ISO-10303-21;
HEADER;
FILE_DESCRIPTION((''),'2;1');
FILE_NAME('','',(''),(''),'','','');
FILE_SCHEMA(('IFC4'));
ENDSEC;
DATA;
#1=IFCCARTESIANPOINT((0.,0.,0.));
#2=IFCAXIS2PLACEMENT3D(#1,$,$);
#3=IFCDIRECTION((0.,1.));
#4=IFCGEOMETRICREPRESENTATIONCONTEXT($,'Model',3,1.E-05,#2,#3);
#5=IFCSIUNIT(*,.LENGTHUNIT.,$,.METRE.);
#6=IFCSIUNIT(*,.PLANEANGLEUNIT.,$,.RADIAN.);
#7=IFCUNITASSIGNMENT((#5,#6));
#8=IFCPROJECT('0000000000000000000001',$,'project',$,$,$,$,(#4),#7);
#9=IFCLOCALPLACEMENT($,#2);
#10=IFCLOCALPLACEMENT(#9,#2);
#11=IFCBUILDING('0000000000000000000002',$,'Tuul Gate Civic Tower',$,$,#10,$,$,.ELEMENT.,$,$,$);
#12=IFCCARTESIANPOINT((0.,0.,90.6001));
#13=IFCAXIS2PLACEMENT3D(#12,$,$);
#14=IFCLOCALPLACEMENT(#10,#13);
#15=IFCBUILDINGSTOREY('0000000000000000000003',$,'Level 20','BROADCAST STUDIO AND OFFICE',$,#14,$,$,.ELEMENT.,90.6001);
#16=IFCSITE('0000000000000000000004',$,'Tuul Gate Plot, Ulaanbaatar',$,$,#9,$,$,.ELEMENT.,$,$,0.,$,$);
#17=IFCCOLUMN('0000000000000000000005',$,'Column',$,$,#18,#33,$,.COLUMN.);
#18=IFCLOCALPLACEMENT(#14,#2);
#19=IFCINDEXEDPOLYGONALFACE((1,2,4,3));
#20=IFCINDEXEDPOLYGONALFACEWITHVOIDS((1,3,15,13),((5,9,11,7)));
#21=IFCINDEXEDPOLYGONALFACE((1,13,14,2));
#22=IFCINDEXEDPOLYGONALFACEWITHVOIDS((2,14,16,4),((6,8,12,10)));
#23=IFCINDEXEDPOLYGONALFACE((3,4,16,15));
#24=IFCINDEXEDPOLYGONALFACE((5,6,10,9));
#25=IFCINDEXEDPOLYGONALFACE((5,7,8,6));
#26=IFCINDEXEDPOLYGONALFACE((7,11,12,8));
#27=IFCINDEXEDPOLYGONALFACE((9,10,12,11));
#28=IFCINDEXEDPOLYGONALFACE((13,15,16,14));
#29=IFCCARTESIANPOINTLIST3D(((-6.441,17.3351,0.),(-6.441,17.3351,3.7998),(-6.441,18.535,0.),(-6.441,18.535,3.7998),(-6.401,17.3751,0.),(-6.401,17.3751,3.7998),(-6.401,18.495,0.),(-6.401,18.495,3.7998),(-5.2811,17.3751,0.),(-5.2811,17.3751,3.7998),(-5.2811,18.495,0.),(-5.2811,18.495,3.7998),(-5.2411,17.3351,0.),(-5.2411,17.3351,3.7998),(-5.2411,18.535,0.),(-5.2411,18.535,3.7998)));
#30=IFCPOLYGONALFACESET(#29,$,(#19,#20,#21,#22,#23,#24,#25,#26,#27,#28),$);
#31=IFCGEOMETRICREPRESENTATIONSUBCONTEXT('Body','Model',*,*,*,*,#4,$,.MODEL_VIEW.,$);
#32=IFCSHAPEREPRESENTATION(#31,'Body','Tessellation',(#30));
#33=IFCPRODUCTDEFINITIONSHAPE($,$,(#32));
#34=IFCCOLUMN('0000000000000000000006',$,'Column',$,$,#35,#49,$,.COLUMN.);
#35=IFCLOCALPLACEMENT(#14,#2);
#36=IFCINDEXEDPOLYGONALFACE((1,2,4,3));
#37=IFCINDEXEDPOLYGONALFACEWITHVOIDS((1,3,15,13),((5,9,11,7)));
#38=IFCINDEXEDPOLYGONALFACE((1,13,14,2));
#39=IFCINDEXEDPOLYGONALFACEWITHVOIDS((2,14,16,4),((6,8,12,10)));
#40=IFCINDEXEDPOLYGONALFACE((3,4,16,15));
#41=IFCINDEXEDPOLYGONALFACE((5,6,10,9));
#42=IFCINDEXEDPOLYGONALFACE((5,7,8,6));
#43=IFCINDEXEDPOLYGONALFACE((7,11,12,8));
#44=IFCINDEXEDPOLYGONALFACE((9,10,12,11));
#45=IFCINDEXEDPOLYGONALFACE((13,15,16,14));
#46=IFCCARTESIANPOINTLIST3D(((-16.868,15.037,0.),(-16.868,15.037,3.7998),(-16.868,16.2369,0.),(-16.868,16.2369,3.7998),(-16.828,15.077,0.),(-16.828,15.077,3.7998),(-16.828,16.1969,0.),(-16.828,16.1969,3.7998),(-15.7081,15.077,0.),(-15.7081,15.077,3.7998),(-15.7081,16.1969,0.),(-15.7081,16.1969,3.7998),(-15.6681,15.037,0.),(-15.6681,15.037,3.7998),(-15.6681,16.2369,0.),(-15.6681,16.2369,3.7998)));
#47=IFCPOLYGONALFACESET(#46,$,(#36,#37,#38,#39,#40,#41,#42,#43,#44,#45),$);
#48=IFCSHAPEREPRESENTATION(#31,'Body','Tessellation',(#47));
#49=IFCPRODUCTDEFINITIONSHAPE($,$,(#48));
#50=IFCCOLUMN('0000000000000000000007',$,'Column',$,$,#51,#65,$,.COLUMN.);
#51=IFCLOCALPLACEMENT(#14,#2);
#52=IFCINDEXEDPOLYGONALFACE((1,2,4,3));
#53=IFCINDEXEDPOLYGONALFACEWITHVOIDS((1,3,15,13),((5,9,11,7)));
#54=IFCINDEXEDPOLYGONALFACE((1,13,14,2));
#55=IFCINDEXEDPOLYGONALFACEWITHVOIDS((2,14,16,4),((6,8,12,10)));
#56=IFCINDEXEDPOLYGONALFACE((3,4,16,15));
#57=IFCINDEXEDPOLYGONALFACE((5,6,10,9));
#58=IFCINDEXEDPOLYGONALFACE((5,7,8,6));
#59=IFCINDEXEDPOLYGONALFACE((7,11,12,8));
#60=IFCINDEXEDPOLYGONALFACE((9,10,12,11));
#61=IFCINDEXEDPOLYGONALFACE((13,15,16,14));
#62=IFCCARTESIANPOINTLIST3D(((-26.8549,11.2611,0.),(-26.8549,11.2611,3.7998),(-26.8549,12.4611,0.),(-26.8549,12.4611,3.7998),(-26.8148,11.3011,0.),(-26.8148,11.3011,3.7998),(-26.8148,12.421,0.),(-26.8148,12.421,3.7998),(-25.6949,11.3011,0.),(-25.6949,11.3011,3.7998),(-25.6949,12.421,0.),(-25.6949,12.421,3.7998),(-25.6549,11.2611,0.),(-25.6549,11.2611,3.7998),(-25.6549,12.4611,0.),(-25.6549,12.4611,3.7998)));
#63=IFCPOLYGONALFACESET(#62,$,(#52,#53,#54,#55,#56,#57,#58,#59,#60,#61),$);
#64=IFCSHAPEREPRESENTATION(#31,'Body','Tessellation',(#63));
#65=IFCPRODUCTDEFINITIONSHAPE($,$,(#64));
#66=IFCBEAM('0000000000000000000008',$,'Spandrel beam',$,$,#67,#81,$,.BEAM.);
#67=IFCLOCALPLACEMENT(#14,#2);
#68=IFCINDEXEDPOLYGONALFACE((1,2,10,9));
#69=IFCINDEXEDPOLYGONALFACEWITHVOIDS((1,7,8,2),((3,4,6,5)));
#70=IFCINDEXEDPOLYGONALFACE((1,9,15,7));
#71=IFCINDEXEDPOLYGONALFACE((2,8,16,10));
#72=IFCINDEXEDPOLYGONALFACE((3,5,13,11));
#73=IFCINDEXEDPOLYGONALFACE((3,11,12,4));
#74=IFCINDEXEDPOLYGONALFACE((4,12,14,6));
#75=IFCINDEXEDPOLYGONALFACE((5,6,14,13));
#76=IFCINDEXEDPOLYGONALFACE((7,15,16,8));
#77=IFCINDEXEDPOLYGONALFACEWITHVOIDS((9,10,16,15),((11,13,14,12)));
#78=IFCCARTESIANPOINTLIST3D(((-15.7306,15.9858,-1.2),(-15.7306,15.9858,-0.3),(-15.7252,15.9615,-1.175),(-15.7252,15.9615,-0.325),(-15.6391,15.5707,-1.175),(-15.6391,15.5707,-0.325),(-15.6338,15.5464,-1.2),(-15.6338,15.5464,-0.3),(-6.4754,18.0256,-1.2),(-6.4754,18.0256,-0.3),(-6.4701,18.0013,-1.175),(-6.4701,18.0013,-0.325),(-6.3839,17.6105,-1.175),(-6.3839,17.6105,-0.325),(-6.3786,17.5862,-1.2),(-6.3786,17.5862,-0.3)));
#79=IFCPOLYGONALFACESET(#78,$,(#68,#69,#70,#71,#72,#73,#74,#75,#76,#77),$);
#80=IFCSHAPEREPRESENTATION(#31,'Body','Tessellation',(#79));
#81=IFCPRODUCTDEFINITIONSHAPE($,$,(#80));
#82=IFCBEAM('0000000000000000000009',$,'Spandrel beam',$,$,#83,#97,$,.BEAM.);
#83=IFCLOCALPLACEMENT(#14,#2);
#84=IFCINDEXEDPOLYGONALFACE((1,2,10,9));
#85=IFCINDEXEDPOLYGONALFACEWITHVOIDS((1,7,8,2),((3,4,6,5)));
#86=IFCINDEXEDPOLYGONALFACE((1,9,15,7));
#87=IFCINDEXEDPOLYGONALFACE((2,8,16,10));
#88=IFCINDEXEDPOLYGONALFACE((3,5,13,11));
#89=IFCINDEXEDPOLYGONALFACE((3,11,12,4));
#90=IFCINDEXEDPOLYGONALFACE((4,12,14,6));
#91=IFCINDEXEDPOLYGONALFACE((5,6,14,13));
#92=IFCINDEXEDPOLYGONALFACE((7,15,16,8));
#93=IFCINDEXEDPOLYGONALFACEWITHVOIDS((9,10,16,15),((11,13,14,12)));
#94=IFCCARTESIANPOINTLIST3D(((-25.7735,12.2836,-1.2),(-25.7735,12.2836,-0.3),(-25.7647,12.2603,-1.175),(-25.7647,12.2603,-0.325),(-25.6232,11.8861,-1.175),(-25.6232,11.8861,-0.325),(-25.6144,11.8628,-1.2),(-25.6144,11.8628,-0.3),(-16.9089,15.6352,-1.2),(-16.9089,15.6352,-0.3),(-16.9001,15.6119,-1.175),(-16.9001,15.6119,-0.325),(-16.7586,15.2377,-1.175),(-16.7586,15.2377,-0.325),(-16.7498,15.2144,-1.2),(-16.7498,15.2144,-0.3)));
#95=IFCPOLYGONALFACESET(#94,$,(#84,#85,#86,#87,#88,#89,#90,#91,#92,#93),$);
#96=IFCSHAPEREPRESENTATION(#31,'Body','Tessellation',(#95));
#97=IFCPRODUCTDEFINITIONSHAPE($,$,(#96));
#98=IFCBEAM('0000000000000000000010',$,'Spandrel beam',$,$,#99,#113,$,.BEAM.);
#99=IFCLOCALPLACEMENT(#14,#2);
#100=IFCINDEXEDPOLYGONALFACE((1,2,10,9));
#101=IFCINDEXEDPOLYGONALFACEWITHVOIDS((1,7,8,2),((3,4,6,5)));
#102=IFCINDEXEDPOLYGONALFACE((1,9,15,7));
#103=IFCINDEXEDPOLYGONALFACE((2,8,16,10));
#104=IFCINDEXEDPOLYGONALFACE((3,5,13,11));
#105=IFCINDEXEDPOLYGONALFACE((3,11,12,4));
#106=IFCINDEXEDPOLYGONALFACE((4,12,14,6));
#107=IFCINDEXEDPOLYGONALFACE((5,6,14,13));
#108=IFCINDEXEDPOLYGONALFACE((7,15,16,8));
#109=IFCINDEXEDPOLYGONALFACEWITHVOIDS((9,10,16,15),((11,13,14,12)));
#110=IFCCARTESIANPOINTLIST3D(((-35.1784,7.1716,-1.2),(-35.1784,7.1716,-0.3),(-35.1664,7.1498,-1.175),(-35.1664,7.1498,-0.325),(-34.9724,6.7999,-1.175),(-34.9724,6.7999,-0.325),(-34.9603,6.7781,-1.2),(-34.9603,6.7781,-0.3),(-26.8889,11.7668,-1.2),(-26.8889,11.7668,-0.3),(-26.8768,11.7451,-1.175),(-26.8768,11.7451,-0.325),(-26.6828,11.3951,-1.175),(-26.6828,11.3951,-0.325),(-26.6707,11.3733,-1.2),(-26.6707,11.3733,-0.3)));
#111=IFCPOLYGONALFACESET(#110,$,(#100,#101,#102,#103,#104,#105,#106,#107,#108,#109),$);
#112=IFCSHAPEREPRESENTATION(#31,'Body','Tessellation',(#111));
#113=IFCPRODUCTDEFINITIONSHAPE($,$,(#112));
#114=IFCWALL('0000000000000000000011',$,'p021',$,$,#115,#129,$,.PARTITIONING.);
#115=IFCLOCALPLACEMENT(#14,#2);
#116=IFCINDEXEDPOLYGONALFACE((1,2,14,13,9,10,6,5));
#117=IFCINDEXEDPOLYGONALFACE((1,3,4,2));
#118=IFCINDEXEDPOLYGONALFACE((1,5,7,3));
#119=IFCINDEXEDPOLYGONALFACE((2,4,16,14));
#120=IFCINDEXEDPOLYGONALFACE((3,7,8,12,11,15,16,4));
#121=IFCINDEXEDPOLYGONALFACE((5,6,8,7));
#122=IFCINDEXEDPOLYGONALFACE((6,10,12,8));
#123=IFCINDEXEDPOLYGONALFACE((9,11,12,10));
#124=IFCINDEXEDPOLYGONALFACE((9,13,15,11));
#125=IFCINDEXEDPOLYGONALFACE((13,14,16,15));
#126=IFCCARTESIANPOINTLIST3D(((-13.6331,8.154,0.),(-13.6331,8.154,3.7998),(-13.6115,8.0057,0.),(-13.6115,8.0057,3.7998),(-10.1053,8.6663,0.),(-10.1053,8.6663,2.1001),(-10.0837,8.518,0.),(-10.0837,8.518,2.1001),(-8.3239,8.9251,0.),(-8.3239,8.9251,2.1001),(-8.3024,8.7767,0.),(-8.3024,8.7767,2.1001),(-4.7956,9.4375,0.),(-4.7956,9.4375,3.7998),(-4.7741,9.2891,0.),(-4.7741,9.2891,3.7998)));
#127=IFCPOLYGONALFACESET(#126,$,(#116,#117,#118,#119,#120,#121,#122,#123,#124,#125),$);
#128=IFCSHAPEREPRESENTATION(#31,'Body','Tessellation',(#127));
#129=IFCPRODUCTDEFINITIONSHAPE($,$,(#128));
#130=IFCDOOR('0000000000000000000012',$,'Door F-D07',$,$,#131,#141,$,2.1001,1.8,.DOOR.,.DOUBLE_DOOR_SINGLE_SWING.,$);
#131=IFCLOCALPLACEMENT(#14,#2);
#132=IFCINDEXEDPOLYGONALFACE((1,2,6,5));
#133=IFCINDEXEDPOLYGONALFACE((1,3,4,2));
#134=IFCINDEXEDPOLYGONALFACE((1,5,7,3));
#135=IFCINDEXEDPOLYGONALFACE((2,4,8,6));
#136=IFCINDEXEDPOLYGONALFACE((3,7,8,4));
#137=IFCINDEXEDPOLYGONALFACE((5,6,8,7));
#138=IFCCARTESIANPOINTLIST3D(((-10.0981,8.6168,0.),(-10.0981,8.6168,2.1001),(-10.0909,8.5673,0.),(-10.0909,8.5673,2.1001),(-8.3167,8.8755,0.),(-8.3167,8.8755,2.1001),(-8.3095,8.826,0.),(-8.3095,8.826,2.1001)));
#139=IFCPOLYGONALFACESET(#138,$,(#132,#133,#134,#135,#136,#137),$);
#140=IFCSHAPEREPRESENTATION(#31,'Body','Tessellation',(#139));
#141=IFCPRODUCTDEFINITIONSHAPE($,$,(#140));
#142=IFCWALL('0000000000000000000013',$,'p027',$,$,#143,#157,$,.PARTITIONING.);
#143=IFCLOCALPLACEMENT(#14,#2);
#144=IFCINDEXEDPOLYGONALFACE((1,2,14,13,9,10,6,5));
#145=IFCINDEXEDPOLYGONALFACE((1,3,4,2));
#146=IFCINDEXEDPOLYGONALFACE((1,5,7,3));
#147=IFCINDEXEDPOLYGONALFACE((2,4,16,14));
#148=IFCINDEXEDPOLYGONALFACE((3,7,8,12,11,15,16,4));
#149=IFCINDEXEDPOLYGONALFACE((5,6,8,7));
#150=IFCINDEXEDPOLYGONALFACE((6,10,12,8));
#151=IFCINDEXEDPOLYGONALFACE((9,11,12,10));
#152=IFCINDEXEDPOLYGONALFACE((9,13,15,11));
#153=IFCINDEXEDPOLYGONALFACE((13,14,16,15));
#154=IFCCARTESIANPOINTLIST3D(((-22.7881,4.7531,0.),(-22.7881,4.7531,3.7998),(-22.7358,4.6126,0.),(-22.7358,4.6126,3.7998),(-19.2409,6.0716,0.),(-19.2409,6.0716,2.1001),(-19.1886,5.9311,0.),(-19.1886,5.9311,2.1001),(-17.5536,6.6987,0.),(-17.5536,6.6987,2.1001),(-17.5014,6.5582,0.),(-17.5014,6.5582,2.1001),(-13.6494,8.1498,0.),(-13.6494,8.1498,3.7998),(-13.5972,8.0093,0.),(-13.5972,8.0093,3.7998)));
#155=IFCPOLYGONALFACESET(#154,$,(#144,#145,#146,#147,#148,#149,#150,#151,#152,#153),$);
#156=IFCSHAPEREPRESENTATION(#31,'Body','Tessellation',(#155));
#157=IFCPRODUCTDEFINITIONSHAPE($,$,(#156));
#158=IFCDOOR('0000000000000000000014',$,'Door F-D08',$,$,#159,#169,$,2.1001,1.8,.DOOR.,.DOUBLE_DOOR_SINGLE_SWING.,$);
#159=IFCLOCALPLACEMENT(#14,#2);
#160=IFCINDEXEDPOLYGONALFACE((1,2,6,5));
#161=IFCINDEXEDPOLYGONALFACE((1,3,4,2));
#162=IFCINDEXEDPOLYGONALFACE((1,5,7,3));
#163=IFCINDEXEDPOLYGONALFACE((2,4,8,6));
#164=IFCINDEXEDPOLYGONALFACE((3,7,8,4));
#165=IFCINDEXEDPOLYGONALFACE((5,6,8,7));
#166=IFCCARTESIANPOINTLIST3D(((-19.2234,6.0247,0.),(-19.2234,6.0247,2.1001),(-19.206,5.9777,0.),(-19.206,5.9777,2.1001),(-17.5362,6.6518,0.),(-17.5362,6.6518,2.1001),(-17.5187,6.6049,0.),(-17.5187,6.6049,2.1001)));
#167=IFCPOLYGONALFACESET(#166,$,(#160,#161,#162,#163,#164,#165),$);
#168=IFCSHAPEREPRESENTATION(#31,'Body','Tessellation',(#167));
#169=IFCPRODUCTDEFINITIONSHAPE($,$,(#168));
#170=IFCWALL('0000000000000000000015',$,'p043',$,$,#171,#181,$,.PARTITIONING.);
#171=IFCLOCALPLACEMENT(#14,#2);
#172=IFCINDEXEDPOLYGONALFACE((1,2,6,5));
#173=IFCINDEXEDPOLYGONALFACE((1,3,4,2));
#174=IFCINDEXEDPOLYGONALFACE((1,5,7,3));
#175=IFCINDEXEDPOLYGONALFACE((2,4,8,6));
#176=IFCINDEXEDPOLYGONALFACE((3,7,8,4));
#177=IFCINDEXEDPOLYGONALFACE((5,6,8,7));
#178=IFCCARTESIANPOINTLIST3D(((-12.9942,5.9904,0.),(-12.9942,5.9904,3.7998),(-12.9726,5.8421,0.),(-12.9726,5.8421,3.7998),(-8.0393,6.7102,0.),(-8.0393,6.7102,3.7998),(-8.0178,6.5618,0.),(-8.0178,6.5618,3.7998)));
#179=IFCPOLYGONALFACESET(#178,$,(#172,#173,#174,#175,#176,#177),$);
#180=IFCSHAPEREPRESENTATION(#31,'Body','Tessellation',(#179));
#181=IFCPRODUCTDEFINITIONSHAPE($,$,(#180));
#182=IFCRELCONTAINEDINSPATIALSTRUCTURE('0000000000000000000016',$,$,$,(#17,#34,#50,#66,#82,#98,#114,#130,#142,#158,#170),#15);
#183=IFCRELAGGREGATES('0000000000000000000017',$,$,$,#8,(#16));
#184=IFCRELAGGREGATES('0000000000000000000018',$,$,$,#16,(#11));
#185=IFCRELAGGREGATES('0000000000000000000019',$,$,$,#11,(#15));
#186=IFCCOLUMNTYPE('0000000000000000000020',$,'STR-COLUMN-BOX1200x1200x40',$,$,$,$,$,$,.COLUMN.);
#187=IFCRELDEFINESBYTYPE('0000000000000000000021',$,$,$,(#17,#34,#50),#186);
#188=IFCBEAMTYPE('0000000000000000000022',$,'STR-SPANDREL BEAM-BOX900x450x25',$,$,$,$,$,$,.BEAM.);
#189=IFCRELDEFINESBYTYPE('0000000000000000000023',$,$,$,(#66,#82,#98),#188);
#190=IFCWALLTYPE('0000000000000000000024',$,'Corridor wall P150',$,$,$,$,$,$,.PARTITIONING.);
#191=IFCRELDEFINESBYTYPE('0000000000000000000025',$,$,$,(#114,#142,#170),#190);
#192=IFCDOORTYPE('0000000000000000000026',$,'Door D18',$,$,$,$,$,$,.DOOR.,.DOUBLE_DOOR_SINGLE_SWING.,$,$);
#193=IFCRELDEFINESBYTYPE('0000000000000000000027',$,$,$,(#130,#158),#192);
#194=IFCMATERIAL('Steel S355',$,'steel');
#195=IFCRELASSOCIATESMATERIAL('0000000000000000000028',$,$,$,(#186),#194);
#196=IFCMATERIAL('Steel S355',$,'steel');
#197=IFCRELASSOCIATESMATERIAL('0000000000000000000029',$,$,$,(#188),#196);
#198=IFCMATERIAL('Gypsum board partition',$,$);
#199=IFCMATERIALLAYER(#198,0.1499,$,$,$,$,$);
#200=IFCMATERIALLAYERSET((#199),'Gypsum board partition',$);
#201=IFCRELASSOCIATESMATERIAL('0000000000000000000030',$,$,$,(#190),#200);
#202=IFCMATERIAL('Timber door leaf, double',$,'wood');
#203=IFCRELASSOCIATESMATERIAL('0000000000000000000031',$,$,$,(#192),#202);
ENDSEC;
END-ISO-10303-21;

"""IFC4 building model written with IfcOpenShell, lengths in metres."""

from ifc_helpers import new_model, si_unit, direction, frame, frame_2d, origin, origin_2d, place, context, subcontext, project, spatial, rectangle, hollow_rectangle, extrude, material, layer, layer_set, material_profile, profile_set, type_object, element, fill, save


model = new_model("IFC4")

# Units and contexts
model_context = context("Model", 3, precision=1e-05, world=origin(), true_north=direction((0.0, 1.0)))
body_context = subcontext(model_context, "Body", "Model", "MODEL_VIEW")
ifc_project = project(units=[si_unit("LENGTHUNIT", "METRE"), si_unit("PLANEANGLEUNIT", "RADIAN")], contexts=[model_context])

# Site, building, storey
site_placement = place(None, origin())
site = spatial("IfcSite", under=ifc_project, at=site_placement, Name="Tuul Gate Plot, Ulaanbaatar", CompositionType="ELEMENT", RefElevation=0.0)
building_placement = place(site_placement, origin())
building = spatial("IfcBuilding", under=site, at=building_placement, Name="Tuul Gate Civic Tower", CompositionType="ELEMENT")
storey_placement = place(building_placement, frame((0.0, 0.0, 90.6001)))
storey = spatial("IfcBuildingStorey", under=building, at=storey_placement, Name="Level 20", Description="BROADCAST STUDIO AND OFFICE", CompositionType="ELEMENT", Elevation=90.6001)

# Columns
ifc_material_1 = material(Name="Steel S355", Category="steel")
ifc_material_profile_1 = material_profile(ifc_material_1, hollow_rectangle(XDim=1.2, YDim=1.2, WallThickness=0.04, at=origin_2d()), Name="BOX1200x1200x40")
ifc_profile_set_1 = profile_set([ifc_material_profile_1], Name="Steel S355")
column_type = type_object("IfcColumnType", Name="STR-COLUMN-BOX1200x1200x40", PredefinedType="COLUMN", material=ifc_profile_set_1)
for number, where, z_axis, x_axis, name in (
    (1, (-5.8411, 17.9351, 0.0), (0.0, 0.0, 1.0), (1.0, 0.0, 0.0), "Column"),
    (2, (-16.2681, 15.637, 0.0), (0.0, 0.0, 1.0), (1.0, 0.0, 0.0), "Column"),
    (3, (-26.2549, 11.8611, 0.0), (0.0, 0.0, 1.0), (1.0, 0.0, 0.0), "Column"),
):
    element("IfcColumn", number, at=place(storey_placement, frame(where, z_axis=z_axis, x_axis=x_axis)), inside=storey, type_object=column_type, Name=name, PredefinedType="COLUMN", context=body_context, shape_type="SweptSolid", body=[
        extrude(hollow_rectangle(XDim=1.2, YDim=1.2, WallThickness=0.04, at=origin_2d()), origin(), (0.0, 0.0, 1.0), 3.7998),
    ])

# Beams
ifc_material_2 = material(Name="Steel S355", Category="steel")
ifc_material_profile_2 = material_profile(ifc_material_2, hollow_rectangle(XDim=0.45, YDim=0.8999, WallThickness=0.0249, at=origin_2d()), Name="BOX900x450x25")
ifc_profile_set_2 = profile_set([ifc_material_profile_2], Name="Steel S355")
beam_type = type_object("IfcBeamType", Name="STR-SPANDREL BEAM-BOX900x450x25", PredefinedType="BEAM", material=ifc_profile_set_2)
beam_1_placement = place(storey_placement, frame((-6.427, 17.8059, -0.75), z_axis=(-0.976563, -0.215231, 0.0), x_axis=(0.215231, -0.976563, 0.0)))
element("IfcBeam", 4, at=beam_1_placement, inside=storey, type_object=beam_type, Name="Spandrel beam", PredefinedType="BEAM", context=body_context, shape_type="SweptSolid", body=[
    extrude(hollow_rectangle(XDim=0.45, YDim=0.8999, WallThickness=0.0249, at=origin_2d()), origin(), (0.0, 0.0, 1.0), 9.4773),
])
beam_2_placement = place(storey_placement, frame((-16.8293, 15.4248, -0.75), z_axis=(-0.935376, -0.353655, 0.0), x_axis=(0.353655, -0.935376, 0.0)))
element("IfcBeam", 5, at=beam_2_placement, inside=storey, type_object=beam_type, Name="Spandrel beam", PredefinedType="BEAM", context=body_context, shape_type="SweptSolid", body=[
    extrude(hollow_rectangle(XDim=0.45, YDim=0.8999, WallThickness=0.0249, at=origin_2d()), origin(), (0.0, 0.0, 1.0), 9.4771),
])
beam_3_placement = place(storey_placement, frame((-26.7798, 11.5701, -0.75), z_axis=(-0.874609, -0.484829, 0.0), x_axis=(0.484829, -0.874609, 0.0)))
element("IfcBeam", 6, at=beam_3_placement, inside=storey, type_object=beam_type, Name="Spandrel beam", PredefinedType="BEAM", context=body_context, shape_type="SweptSolid", body=[
    extrude(hollow_rectangle(XDim=0.45, YDim=0.8999, WallThickness=0.0249, at=origin_2d()), origin(), (0.0, 0.0, 1.0), 9.478),
])

# Walls, openings, doors
ifc_material_3 = material(Name="Gypsum board partition")
ifc_layer_1 = layer(ifc_material_3, 0.1499)
ifc_layer_set_1 = layer_set([ifc_layer_1], Name="Gypsum board partition")
wall_type_1 = type_object("IfcWallType", Name="Corridor wall P150", PredefinedType="PARTITIONING", material=ifc_layer_set_1)
wall_1_placement = place(storey_placement, frame((-13.6223, 8.0798, 0.0), z_axis=(0.0, 0.0, 1.0), x_axis=(0.989618, 0.143721, 0.0)))
wall_1 = element("IfcWall", 7, at=wall_1_placement, inside=storey, type_object=wall_type_1, Name="p021", PredefinedType="PARTITIONING", context=body_context, shape_type="SweptSolid", body=[
    extrude(rectangle(XDim=8.9302, YDim=0.1499, at=frame_2d((4.4651, 0.0))), origin(), (0.0, 0.0, 1.0), 3.7998),
])
opening_1_placement = place(wall_1_placement, frame((3.5649, 0.0, 0.0)))
opening_1 = element("IfcOpeningElement", 8, at=opening_1_placement, cuts=wall_1, PredefinedType="OPENING", context=body_context, shape_type="SweptSolid", body=[
    extrude(rectangle(XDim=1.8, YDim=2.1001, at=frame_2d((0.8999, 1.05))), frame((0.0, 0.085, 0.0), z_axis=(0.0, -1.0, 0.0), x_axis=(1.0, 0.0, 0.0)), (0.0, 0.0, 1.0), 0.1699),
])
ifc_material_4 = material(Name="Timber door leaf, double", Category="wood")
door_type = type_object("IfcDoorType", Name="Door D18", OperationType="DOUBLE_DOOR_SINGLE_SWING", PredefinedType="DOOR", material=ifc_material_4)
door_1_placement = place(opening_1_placement, origin())
door_1 = element("IfcDoor", 9, at=door_1_placement, inside=storey, type_object=door_type, Name="Door F-D07", OperationType="DOUBLE_DOOR_SINGLE_SWING", OverallHeight=2.1001, OverallWidth=1.8, PredefinedType="DOOR", context=body_context, shape_type="SweptSolid", body=[
    extrude(rectangle(XDim=1.8, YDim=2.1001, at=frame_2d((0.8999, 1.05))), frame((0.0, 0.0249, 0.0), z_axis=(0.0, -1.0, 0.0), x_axis=(1.0, 0.0, 0.0)), (0.0, 0.0, 1.0), 0.05),
])
fill(opening_1, door_1)
wall_2_placement = place(storey_placement, frame((-22.762, 4.6829, 0.0), z_axis=(0.0, 0.0, 1.0), x_axis=(0.937346, 0.3484, 0.0)))
wall_2 = element("IfcWall", 10, at=wall_2_placement, inside=storey, type_object=wall_type_1, Name="p027", PredefinedType="PARTITIONING", context=body_context, shape_type="SweptSolid", body=[
    extrude(rectangle(XDim=9.7495, YDim=0.1499, at=frame_2d((4.8748, 0.0))), origin(), (0.0, 0.0, 1.0), 3.7998),
])
opening_2_placement = place(wall_2_placement, frame((3.7844, 0.0, 0.0)))
opening_2 = element("IfcOpeningElement", 11, at=opening_2_placement, cuts=wall_2, PredefinedType="OPENING", context=body_context, shape_type="SweptSolid", body=[
    extrude(rectangle(XDim=1.8, YDim=2.1001, at=frame_2d((0.8999, 1.05))), frame((0.0, 0.085, 0.0), z_axis=(0.0, -1.0, 0.0), x_axis=(1.0, 0.0, 0.0)), (0.0, 0.0, 1.0), 0.1699),
])
door_2_placement = place(opening_2_placement, origin())
door_2 = element("IfcDoor", 12, at=door_2_placement, inside=storey, type_object=door_type, Name="Door F-D08", OperationType="DOUBLE_DOOR_SINGLE_SWING", OverallHeight=2.1001, OverallWidth=1.8, PredefinedType="DOOR", context=body_context, shape_type="SweptSolid", body=[
    extrude(rectangle(XDim=1.8, YDim=2.1001, at=frame_2d((0.8999, 1.05))), frame((0.0, 0.0249, 0.0), z_axis=(0.0, -1.0, 0.0), x_axis=(1.0, 0.0, 0.0)), (0.0, 0.0, 1.0), 0.05),
])
fill(opening_2, door_2)

# Wall
wall_3_placement = place(storey_placement, frame((-12.9834, 5.9163, 0.0), z_axis=(0.0, 0.0, 1.0), x_axis=(0.989614, 0.143749, 0.0)))
element("IfcWall", 13, at=wall_3_placement, inside=storey, type_object=wall_type_1, Name="p043", PredefinedType="PARTITIONING", context=body_context, shape_type="SweptSolid", body=[
    extrude(rectangle(XDim=5.0068, YDim=0.1499, at=frame_2d((2.5034, 0.0))), origin(), (0.0, 0.0, 1.0), 3.7998),
])

save(model, "model.ifc")
